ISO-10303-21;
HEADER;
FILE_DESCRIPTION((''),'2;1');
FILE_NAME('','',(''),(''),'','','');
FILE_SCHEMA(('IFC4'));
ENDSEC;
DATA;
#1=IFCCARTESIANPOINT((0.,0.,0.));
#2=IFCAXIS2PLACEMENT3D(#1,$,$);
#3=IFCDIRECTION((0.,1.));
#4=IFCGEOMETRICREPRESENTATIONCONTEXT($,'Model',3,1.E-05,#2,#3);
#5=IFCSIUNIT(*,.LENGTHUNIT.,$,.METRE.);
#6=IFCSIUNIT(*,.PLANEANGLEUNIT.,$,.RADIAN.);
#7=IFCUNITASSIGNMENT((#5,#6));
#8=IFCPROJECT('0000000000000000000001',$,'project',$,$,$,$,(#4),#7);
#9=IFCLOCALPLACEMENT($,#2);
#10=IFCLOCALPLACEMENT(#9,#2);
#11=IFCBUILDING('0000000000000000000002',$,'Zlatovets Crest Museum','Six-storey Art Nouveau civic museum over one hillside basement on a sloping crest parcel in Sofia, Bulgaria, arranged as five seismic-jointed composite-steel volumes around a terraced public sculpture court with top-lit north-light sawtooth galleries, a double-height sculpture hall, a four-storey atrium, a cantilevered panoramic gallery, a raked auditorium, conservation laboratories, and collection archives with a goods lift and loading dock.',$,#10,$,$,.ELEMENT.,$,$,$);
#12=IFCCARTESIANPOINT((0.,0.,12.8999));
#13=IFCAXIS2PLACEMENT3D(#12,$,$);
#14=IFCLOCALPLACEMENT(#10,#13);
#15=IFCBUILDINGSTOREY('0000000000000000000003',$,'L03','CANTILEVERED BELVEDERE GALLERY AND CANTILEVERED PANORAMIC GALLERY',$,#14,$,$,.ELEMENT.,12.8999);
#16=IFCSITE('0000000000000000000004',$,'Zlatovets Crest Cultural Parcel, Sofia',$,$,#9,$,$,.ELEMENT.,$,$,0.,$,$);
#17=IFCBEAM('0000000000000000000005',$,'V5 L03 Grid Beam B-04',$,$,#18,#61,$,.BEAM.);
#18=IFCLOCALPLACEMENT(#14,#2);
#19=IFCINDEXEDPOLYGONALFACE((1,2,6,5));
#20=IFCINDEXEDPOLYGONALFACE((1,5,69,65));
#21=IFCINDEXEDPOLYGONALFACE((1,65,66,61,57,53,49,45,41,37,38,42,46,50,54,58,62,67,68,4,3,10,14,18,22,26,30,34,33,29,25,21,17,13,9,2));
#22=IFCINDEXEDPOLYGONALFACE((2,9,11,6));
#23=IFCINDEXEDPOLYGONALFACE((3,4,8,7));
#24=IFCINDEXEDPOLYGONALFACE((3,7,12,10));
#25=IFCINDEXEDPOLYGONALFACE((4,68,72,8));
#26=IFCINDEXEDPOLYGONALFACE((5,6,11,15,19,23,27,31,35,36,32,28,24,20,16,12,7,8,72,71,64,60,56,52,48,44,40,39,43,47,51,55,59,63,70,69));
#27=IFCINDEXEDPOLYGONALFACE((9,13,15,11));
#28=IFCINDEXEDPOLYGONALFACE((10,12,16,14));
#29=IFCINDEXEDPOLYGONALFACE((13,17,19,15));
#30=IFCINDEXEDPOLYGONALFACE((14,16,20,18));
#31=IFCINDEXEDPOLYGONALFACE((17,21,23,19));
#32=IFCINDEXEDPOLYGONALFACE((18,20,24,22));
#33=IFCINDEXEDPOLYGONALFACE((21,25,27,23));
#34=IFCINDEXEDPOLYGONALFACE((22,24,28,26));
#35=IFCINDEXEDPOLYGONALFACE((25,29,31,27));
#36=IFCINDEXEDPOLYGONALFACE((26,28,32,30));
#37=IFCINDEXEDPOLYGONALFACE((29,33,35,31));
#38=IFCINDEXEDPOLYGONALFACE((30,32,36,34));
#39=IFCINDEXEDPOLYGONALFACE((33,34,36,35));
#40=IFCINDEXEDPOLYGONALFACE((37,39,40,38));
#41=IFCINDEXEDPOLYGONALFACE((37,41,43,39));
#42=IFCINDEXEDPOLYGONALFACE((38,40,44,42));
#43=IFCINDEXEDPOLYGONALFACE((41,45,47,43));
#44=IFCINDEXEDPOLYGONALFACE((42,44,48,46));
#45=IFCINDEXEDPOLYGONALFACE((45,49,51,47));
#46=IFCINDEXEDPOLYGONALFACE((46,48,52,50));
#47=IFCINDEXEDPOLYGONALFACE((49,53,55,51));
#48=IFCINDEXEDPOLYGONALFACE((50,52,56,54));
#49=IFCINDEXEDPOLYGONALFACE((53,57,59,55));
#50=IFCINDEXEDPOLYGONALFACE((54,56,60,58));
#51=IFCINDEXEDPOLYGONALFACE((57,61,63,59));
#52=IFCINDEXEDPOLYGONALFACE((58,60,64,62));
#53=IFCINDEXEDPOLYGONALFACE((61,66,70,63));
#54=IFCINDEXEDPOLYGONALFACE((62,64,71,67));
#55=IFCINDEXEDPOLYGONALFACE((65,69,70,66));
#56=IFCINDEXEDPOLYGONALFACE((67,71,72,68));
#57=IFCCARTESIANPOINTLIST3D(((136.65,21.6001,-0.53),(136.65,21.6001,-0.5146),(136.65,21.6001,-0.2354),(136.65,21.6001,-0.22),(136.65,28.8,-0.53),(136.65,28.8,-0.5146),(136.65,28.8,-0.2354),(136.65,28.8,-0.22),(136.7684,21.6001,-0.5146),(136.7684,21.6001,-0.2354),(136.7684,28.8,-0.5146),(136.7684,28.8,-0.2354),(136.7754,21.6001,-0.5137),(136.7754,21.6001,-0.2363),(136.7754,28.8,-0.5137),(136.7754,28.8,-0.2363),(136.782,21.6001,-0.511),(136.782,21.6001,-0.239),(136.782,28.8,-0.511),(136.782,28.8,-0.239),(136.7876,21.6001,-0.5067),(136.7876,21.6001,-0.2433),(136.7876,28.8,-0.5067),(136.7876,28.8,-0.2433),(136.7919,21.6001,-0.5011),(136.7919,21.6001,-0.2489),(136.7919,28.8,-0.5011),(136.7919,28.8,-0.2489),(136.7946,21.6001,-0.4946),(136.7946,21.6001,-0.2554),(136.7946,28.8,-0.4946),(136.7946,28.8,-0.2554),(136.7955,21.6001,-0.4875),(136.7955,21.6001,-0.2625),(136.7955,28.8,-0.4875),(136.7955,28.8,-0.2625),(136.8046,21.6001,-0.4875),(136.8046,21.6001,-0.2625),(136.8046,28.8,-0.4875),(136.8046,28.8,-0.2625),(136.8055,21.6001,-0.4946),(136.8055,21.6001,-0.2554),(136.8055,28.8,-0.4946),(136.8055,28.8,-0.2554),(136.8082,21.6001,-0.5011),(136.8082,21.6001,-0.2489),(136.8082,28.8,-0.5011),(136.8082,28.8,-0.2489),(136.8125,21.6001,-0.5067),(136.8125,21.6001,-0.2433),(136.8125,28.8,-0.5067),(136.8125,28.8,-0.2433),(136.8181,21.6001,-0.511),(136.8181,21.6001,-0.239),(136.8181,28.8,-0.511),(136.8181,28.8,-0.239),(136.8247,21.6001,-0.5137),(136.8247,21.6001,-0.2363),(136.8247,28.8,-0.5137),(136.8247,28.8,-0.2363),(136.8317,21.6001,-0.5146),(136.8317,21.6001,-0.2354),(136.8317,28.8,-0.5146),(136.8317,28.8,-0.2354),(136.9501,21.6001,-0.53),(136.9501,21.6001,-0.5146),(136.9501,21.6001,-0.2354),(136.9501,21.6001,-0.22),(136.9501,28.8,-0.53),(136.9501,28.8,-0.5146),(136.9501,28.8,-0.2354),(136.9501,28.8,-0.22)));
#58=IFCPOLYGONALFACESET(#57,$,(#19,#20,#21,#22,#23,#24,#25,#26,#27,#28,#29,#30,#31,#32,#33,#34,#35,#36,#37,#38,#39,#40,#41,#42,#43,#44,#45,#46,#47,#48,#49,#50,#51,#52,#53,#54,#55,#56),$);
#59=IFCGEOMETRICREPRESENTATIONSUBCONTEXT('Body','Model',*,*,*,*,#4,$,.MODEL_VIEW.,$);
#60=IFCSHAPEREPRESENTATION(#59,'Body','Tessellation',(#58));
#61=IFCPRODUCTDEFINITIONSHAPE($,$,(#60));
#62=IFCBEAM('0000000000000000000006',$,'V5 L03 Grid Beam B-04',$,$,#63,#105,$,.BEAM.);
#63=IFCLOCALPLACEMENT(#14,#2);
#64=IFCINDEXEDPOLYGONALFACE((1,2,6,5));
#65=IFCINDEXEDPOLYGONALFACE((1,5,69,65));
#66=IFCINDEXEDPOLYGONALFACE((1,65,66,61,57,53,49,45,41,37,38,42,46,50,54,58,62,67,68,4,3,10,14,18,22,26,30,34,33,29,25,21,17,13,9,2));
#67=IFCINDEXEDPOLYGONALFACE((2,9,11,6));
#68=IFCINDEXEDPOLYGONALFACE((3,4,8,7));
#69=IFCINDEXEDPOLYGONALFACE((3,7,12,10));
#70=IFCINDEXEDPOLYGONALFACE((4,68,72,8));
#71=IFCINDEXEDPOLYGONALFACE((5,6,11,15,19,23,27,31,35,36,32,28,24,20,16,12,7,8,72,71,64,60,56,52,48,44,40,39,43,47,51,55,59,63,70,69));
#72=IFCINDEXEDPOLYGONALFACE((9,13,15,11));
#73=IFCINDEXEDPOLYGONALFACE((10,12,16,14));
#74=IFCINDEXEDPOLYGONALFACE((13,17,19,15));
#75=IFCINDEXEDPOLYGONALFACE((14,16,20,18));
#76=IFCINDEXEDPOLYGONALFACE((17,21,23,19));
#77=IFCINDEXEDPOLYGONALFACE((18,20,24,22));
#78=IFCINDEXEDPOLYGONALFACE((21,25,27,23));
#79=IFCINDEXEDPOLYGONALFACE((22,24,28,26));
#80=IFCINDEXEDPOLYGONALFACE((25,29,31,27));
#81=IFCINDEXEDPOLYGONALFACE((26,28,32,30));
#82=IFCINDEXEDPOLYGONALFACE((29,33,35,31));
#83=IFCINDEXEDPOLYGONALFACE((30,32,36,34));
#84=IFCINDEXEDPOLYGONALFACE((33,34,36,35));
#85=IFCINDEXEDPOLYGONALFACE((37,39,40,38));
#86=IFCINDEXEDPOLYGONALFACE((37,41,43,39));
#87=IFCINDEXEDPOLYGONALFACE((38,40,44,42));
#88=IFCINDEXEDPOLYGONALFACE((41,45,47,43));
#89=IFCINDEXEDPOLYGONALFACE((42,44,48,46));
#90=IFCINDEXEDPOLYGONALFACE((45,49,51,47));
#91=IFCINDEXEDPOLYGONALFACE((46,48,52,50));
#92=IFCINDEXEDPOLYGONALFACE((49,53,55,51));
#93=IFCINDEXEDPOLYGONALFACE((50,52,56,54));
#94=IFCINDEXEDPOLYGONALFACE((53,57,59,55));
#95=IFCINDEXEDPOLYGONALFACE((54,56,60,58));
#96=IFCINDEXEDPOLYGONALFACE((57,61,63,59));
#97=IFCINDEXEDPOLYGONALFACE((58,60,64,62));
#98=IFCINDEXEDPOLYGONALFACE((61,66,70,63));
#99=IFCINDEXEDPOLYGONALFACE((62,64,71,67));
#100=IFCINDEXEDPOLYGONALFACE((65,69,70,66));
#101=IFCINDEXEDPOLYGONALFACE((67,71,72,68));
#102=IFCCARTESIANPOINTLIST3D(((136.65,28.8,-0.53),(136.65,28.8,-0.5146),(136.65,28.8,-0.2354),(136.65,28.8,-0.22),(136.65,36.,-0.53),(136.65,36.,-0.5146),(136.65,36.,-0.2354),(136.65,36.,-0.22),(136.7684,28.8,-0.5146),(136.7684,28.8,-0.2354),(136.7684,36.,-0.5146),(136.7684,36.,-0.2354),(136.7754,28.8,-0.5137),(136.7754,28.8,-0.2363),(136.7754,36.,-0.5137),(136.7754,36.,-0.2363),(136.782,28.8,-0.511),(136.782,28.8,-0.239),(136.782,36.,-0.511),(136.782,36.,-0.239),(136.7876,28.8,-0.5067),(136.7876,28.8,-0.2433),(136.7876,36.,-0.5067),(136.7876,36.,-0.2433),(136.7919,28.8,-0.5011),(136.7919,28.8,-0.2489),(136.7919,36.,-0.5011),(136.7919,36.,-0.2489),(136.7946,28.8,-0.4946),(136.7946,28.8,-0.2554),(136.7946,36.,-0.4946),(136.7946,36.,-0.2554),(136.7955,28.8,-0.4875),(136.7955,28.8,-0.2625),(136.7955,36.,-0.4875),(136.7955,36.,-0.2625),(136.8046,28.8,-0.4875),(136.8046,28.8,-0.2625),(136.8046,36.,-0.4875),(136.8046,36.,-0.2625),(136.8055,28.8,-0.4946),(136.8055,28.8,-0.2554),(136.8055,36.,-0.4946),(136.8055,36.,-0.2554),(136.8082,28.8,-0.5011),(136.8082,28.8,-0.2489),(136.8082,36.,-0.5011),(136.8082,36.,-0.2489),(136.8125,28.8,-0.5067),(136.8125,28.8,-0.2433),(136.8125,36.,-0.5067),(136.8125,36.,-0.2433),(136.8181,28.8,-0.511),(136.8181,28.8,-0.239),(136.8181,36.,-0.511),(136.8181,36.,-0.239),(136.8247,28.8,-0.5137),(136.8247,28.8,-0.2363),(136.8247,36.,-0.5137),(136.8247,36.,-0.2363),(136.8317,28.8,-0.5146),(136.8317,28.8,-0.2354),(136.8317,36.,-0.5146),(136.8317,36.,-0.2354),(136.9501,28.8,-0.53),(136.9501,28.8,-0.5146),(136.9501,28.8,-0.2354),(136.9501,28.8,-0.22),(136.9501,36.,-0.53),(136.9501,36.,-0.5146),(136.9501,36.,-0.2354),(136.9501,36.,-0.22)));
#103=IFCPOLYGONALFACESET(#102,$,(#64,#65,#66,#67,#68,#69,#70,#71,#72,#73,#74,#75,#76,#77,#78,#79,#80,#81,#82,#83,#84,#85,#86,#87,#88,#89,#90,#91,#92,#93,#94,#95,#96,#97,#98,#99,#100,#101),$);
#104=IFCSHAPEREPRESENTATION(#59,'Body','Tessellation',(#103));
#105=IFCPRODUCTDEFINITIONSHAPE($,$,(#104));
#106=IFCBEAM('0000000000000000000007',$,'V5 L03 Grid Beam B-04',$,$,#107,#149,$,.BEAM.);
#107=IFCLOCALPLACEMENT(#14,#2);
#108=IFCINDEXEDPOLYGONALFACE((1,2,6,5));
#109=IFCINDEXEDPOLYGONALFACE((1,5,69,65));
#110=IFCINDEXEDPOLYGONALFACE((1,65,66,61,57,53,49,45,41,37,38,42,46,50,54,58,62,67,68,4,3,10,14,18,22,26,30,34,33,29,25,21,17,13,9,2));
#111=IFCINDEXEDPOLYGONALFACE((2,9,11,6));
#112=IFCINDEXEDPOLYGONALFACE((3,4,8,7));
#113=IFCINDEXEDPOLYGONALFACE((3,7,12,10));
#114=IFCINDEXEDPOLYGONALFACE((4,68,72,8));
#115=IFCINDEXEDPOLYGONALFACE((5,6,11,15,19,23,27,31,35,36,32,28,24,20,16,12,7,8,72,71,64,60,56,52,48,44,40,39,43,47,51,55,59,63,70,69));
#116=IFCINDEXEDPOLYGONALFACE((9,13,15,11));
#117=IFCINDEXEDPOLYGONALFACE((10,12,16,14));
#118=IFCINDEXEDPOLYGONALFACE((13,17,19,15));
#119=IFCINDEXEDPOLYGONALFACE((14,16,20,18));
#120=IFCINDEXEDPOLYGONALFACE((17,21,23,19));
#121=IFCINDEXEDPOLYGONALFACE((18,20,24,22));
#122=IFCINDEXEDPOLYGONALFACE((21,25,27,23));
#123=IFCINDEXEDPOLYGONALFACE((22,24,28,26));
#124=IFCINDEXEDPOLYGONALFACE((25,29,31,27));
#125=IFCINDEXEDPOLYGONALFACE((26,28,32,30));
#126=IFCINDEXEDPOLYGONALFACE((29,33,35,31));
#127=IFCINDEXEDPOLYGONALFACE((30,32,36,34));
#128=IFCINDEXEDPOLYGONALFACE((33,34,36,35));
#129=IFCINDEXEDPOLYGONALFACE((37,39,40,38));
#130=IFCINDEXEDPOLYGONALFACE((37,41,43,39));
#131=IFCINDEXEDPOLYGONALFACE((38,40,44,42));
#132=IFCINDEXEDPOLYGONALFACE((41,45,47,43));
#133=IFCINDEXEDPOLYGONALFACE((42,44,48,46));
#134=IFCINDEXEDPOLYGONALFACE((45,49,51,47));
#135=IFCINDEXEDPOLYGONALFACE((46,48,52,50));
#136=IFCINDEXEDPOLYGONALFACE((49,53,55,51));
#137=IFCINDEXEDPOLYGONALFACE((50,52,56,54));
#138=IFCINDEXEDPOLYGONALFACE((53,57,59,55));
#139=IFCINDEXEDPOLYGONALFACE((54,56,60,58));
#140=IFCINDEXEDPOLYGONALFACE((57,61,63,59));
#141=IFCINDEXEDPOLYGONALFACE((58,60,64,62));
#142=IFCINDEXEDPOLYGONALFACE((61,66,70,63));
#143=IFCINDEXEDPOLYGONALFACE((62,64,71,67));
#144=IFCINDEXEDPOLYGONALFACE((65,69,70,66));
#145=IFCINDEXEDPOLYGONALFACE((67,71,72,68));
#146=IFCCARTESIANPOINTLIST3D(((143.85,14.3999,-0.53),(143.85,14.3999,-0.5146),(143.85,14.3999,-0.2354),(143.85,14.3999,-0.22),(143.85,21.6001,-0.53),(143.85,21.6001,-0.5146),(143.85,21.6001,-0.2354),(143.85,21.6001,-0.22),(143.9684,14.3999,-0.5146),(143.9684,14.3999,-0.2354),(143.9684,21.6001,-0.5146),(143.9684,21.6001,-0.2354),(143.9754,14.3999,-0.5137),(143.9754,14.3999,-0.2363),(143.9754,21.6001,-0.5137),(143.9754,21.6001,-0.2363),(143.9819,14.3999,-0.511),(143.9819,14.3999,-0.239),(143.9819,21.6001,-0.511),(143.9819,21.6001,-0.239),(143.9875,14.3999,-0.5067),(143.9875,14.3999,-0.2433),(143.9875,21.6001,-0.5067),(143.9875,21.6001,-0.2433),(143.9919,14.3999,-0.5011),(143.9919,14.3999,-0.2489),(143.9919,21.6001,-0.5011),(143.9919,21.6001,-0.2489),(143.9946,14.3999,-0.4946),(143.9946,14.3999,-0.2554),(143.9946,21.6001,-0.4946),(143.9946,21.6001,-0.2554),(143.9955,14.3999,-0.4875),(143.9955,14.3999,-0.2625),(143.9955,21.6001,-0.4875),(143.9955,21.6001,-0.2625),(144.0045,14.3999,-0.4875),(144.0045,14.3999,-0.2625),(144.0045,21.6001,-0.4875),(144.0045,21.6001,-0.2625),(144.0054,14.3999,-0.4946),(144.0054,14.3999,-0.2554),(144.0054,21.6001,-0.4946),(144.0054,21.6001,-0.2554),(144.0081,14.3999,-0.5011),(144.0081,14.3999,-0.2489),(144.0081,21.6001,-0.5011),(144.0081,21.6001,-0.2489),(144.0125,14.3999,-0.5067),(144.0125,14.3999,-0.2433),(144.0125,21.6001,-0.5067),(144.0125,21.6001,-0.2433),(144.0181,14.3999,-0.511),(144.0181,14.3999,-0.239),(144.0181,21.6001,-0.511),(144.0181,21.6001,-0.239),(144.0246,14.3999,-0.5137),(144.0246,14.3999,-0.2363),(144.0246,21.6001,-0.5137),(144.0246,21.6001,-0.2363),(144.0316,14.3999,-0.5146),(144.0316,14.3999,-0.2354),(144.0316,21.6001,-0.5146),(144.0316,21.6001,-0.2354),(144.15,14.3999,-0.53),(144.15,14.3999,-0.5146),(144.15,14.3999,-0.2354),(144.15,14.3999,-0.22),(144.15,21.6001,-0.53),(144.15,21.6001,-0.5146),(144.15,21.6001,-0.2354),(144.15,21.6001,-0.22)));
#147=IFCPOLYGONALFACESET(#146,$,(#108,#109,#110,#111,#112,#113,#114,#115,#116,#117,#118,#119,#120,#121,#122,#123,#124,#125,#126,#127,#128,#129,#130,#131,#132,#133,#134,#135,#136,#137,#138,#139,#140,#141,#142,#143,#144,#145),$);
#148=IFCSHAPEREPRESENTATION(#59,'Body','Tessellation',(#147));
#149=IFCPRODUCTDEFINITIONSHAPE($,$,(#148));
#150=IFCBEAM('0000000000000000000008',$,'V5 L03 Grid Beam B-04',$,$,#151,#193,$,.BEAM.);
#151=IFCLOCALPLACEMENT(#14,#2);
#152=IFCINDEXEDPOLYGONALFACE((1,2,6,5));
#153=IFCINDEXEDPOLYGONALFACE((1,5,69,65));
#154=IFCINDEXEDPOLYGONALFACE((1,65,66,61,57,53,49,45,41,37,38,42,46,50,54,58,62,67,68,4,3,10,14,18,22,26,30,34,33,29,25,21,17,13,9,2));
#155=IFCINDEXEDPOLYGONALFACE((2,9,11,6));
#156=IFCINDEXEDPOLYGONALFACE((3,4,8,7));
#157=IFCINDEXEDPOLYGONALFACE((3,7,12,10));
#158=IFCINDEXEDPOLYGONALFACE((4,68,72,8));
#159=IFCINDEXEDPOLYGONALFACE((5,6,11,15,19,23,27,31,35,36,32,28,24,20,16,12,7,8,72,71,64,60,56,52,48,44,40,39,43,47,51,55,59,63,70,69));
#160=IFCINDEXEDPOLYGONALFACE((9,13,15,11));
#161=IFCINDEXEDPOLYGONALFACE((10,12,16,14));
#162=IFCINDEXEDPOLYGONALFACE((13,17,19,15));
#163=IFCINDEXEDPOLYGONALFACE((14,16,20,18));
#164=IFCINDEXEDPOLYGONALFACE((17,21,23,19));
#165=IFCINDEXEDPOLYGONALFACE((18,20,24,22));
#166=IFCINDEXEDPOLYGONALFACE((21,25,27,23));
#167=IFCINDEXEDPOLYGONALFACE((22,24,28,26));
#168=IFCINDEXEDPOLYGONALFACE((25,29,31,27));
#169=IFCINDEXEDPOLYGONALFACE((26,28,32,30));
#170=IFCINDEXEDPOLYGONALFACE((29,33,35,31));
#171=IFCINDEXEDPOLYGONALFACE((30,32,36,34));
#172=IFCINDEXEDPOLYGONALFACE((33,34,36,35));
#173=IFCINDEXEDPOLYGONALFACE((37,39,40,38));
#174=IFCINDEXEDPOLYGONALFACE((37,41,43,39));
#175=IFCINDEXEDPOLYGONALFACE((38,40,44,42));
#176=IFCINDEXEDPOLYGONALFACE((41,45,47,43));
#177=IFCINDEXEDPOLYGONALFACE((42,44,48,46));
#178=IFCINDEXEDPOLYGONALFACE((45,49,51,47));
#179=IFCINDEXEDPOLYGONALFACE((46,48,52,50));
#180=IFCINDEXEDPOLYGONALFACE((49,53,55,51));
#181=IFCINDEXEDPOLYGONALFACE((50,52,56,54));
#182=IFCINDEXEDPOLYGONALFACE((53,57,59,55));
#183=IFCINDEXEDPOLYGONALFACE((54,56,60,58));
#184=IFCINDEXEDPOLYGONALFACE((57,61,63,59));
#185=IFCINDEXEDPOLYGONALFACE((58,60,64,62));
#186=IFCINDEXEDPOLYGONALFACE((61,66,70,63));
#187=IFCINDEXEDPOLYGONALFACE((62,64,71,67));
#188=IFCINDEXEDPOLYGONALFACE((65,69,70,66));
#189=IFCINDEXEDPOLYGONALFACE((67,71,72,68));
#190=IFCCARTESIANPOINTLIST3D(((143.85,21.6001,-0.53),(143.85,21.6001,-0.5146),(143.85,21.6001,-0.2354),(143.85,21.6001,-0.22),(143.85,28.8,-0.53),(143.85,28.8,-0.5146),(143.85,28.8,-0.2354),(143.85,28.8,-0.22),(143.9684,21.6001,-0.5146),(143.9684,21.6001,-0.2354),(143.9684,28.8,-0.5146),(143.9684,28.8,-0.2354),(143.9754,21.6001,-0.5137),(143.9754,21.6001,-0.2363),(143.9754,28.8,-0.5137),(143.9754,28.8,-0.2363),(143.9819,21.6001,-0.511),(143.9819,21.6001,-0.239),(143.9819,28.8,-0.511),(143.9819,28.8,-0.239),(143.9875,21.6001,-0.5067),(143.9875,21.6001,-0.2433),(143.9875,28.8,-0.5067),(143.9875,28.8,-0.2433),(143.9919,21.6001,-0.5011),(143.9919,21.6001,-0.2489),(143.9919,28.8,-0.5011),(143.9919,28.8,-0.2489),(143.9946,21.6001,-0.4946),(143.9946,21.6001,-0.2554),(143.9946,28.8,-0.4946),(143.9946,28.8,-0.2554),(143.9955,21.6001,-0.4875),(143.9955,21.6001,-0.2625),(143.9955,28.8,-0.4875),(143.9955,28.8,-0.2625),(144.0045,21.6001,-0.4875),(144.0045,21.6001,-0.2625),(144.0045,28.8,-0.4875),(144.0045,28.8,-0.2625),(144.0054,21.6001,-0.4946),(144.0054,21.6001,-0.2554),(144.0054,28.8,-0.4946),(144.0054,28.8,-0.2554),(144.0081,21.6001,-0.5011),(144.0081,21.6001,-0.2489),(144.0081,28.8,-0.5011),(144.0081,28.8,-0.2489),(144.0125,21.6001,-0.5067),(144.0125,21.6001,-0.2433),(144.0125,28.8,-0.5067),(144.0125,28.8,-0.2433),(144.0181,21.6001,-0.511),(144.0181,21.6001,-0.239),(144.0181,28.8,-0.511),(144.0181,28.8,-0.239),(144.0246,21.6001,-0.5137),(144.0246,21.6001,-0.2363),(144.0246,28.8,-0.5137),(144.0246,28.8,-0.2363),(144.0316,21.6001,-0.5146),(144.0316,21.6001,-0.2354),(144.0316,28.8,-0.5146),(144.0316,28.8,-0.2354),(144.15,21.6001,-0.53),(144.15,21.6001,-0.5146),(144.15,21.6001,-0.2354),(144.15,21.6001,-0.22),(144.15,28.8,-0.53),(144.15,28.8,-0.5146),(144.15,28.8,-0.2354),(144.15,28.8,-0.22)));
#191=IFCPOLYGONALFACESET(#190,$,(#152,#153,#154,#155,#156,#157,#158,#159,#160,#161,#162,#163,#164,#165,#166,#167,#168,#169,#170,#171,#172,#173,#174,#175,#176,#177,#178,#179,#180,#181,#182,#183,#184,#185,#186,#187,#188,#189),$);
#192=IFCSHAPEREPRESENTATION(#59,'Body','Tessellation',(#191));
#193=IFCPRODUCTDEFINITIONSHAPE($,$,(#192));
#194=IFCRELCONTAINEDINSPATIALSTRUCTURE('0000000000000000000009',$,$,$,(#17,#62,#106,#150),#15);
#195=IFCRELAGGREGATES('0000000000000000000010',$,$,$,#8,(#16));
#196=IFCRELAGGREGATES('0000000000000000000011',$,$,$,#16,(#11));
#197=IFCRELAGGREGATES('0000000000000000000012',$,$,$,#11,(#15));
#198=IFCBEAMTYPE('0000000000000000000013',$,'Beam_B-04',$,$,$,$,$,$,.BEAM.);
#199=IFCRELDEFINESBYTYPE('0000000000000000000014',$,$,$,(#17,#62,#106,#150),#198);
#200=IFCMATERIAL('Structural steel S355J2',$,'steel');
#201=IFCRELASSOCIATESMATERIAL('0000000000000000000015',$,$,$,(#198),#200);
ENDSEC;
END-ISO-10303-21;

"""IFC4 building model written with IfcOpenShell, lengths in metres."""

from ifc_helpers import new_model, si_unit, direction, frame, origin, origin_2d, place, context, subcontext, project, spatial, i_section, extrude, material, material_profile, profile_set, type_object, element, save


model = new_model("IFC4")

# Units and contexts
model_context = context("Model", 3, precision=1e-05, world=origin(), true_north=direction((0.0, 1.0)))
body_context = subcontext(model_context, "Body", "Model", "MODEL_VIEW")
ifc_project = project(units=[si_unit("LENGTHUNIT", "METRE"), si_unit("PLANEANGLEUNIT", "RADIAN")], contexts=[model_context])

# Site, building, storey
site_placement = place(None, origin())
site = spatial("IfcSite", under=ifc_project, at=site_placement, Name="Zlatovets Crest Cultural Parcel, Sofia", CompositionType="ELEMENT", RefElevation=0.0)
building_placement = place(site_placement, origin())
building = spatial("IfcBuilding", under=site, at=building_placement, Name="Zlatovets Crest Museum", Description="Six-storey Art Nouveau civic museum over one hillside basement on a sloping crest parcel in Sofia, Bulgaria, arranged as five seismic-jointed composite-steel volumes around a terraced public sculpture court with top-lit north-light sawtooth galleries, a double-height sculpture hall, a four-storey atrium, a cantilevered panoramic gallery, a raked auditorium, conservation laboratories, and collection archives with a goods lift and loading dock.", CompositionType="ELEMENT")
storey_placement = place(building_placement, frame((0.0, 0.0, 12.8999)))
storey = spatial("IfcBuildingStorey", under=building, at=storey_placement, Name="L03", Description="CANTILEVERED BELVEDERE GALLERY AND CANTILEVERED PANORAMIC GALLERY", CompositionType="ELEMENT", Elevation=12.8999)

# Beams
ifc_material_1 = material(Name="Structural steel S355J2", Category="steel")
ifc_material_profile_1 = material_profile(ifc_material_1, i_section(OverallWidth=0.3, OverallDepth=0.3101, WebThickness=0.009, FlangeThickness=0.0154, FilletRadius=0.0271, at=origin_2d()), Name="HEA 320")
ifc_profile_set_1 = profile_set([ifc_material_profile_1], Name="Structural steel S355J2")
beam_type_1 = type_object("IfcBeamType", Name="Beam_B-04", PredefinedType="BEAM", material=ifc_profile_set_1)
for number, where, z_axis, x_axis, name in (
    (1, (136.8, 21.6001, -0.375), (0.0, 1.0, 0.0), (-1.0, 0.0, 0.0), "V5 L03 Grid Beam B-04"),
    (2, (136.8, 28.8, -0.375), (0.0, 1.0, 0.0), (-1.0, 0.0, 0.0), "V5 L03 Grid Beam B-04"),
):
    element("IfcBeam", number, at=place(storey_placement, frame(where, z_axis=z_axis, x_axis=x_axis)), inside=storey, type_object=beam_type_1, Name=name, PredefinedType="BEAM", context=body_context, shape_type="SweptSolid", body=[
        extrude(i_section(OverallWidth=0.3, OverallDepth=0.3101, WebThickness=0.009, FlangeThickness=0.0154, FilletRadius=0.0271, at=origin_2d()), origin(), (0.0, 0.0, 1.0), 7.2),
    ])
beam_1_placement = place(storey_placement, frame((144.0, 14.3999, -0.375), z_axis=(0.0, 1.0, 0.0), x_axis=(-1.0, 0.0, 0.0)))
element("IfcBeam", 3, at=beam_1_placement, inside=storey, type_object=beam_type_1, Name="V5 L03 Grid Beam B-04", PredefinedType="BEAM", context=body_context, shape_type="SweptSolid", body=[
    extrude(i_section(OverallWidth=0.3, OverallDepth=0.3101, WebThickness=0.009, FlangeThickness=0.0154, FilletRadius=0.0271, at=origin_2d()), origin(), (0.0, 0.0, 1.0), 7.2002),
])
beam_2_placement = place(storey_placement, frame((144.0, 21.6001, -0.375), z_axis=(0.0, 1.0, 0.0), x_axis=(-1.0, 0.0, 0.0)))
element("IfcBeam", 4, at=beam_2_placement, inside=storey, type_object=beam_type_1, Name="V5 L03 Grid Beam B-04", PredefinedType="BEAM", context=body_context, shape_type="SweptSolid", body=[
    extrude(i_section(OverallWidth=0.3, OverallDepth=0.3101, WebThickness=0.009, FlangeThickness=0.0154, FilletRadius=0.0271, at=origin_2d()), origin(), (0.0, 0.0, 1.0), 7.2),
])

save(model, "model.ifc")
